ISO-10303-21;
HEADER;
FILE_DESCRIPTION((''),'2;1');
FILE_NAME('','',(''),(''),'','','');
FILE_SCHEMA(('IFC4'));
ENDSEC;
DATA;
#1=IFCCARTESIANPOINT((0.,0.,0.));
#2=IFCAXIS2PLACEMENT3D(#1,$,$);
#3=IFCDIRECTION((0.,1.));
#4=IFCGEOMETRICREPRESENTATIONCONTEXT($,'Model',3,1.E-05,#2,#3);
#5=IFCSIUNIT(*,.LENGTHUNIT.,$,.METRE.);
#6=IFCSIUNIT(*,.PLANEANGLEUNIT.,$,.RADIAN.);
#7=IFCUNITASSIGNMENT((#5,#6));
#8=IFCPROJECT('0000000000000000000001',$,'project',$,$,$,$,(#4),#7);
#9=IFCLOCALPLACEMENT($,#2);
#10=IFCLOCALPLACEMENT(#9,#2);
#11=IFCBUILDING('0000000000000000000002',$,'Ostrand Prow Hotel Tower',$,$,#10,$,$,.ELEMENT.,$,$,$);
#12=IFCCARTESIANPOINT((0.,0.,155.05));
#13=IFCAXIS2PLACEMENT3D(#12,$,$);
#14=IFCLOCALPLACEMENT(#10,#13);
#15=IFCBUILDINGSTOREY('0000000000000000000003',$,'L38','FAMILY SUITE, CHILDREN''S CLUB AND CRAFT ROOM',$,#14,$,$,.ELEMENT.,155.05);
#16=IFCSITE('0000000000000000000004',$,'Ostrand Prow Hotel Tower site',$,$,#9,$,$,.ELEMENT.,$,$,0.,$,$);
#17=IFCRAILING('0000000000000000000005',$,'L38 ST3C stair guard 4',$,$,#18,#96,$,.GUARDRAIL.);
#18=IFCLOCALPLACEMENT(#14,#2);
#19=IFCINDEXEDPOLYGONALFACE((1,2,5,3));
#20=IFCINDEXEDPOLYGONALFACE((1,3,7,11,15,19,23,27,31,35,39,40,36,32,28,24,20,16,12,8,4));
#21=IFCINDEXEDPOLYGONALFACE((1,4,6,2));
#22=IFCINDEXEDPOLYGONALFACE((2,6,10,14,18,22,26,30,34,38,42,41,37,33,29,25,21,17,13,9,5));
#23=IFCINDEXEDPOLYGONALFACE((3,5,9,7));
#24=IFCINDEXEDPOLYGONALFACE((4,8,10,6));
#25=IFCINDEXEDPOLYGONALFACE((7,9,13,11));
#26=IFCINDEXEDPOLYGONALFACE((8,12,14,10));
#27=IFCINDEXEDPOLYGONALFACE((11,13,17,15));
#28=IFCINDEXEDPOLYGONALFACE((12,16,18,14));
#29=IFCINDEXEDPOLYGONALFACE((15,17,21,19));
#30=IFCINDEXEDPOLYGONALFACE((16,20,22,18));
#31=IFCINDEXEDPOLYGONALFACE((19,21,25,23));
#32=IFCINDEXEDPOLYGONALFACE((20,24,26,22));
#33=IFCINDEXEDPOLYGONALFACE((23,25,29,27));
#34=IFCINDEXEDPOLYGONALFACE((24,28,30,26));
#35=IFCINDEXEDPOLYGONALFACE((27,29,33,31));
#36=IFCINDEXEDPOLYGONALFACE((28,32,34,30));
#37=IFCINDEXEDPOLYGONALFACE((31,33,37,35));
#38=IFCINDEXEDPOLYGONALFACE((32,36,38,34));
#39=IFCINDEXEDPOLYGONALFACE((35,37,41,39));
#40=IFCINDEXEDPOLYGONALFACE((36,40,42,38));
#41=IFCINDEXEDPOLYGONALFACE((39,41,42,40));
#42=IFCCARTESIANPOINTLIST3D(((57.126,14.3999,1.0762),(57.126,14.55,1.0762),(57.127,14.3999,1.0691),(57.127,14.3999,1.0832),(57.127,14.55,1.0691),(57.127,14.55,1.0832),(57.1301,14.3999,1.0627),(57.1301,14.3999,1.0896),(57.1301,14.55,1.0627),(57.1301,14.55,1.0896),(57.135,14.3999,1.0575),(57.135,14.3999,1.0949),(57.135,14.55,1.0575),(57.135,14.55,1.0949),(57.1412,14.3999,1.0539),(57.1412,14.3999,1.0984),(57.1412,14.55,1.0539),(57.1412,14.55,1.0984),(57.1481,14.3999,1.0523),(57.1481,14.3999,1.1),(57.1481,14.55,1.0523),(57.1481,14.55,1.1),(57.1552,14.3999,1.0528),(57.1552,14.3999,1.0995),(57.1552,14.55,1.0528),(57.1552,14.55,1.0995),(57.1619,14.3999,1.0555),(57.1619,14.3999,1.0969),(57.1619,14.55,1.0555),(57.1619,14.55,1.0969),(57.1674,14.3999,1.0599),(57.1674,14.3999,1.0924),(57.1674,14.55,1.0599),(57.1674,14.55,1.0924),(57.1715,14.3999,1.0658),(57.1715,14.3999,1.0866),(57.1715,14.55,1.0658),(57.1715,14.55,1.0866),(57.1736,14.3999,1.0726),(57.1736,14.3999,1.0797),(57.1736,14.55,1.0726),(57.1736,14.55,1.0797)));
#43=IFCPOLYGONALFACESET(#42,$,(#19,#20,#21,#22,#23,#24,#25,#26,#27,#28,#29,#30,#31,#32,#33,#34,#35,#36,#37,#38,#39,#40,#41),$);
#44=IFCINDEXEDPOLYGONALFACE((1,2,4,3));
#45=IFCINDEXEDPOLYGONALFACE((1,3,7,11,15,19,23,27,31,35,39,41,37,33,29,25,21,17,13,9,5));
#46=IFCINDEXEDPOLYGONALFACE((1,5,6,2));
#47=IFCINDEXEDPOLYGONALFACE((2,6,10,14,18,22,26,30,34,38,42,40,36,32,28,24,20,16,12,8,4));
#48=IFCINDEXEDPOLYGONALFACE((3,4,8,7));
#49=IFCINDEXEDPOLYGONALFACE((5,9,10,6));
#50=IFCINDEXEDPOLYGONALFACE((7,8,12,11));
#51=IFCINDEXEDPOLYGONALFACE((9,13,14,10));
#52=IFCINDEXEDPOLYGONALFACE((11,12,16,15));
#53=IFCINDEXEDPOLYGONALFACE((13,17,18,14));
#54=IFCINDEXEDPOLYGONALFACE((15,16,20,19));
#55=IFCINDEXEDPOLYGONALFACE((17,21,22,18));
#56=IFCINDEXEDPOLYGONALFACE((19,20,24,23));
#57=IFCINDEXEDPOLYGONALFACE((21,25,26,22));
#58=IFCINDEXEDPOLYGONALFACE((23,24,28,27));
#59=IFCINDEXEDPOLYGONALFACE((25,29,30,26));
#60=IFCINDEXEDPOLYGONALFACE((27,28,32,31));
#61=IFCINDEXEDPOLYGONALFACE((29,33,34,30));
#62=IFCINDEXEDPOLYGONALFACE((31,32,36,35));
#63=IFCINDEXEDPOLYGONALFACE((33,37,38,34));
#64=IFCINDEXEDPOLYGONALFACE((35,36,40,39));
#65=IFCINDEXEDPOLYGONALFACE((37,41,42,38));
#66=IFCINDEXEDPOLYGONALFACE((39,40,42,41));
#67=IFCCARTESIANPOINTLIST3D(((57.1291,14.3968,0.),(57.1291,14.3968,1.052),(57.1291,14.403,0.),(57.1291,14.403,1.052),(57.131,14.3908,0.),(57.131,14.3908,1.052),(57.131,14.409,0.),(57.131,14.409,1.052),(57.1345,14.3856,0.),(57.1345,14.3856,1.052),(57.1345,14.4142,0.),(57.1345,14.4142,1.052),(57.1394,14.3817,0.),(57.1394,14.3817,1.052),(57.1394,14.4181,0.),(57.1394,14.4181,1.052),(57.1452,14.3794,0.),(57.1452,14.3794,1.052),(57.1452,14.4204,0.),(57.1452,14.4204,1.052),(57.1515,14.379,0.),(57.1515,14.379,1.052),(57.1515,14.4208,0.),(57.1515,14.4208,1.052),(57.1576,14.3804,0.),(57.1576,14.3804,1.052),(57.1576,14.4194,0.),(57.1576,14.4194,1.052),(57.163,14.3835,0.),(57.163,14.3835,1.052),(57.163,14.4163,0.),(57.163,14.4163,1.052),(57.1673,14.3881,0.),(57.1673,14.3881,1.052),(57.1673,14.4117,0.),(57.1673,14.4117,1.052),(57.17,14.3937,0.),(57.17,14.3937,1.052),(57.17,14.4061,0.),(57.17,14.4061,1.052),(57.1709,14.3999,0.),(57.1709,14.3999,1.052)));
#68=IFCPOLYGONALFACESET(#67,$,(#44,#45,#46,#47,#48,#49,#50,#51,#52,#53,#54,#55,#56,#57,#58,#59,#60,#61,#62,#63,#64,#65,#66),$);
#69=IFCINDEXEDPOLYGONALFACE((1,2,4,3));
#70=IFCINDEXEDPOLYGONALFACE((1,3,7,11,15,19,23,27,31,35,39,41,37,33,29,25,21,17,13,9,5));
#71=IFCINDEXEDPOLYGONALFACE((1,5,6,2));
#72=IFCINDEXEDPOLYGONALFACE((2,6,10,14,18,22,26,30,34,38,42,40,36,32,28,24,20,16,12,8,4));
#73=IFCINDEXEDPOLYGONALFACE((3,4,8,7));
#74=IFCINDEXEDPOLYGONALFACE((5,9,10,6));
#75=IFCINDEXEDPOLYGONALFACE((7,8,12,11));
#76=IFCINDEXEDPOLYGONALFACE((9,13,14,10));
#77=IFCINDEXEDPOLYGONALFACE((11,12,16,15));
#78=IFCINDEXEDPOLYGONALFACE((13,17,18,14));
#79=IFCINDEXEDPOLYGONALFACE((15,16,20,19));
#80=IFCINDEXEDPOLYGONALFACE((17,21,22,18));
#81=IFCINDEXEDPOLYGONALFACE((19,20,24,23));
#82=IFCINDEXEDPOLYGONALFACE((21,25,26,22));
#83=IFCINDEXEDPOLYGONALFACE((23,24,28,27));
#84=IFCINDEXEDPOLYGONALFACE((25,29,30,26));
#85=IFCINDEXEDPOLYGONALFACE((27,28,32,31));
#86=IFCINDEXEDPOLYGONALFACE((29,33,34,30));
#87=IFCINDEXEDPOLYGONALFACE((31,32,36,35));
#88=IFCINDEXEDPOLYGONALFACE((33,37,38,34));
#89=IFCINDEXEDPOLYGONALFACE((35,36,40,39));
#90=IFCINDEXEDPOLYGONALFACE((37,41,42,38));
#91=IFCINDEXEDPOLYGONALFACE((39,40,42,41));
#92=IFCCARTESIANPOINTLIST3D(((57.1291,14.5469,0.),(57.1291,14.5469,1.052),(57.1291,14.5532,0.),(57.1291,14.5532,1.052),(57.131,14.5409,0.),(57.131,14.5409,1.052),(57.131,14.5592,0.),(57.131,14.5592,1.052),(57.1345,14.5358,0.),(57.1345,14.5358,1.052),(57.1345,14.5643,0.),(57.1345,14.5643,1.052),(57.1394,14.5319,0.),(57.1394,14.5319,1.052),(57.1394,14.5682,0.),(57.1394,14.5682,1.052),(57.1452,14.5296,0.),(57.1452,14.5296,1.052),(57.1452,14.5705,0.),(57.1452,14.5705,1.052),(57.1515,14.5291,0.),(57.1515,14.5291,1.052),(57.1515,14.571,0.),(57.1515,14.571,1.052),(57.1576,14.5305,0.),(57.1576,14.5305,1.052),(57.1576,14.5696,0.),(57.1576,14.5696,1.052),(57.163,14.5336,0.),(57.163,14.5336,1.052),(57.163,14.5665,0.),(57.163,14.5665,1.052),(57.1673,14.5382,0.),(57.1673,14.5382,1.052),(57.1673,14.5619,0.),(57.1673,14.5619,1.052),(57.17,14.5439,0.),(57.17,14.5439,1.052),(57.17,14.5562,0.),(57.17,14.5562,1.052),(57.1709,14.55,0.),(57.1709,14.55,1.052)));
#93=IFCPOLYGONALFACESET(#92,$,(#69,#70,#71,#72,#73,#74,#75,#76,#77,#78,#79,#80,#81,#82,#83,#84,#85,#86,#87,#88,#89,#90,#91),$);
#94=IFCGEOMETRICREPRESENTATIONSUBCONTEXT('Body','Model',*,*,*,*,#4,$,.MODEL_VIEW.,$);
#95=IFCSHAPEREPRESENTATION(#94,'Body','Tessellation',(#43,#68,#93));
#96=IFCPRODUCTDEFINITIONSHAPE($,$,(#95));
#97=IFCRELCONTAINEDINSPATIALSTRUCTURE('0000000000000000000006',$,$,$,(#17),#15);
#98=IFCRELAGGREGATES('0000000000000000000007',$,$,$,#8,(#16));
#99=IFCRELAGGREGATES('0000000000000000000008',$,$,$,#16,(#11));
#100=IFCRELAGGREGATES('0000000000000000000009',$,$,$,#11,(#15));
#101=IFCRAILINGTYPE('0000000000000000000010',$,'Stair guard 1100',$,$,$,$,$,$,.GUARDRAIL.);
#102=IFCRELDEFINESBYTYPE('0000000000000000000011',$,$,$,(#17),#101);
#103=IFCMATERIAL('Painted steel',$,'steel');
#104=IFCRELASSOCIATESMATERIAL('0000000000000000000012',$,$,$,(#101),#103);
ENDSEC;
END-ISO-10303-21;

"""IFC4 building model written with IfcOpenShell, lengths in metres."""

from ifc_helpers import new_model, si_unit, direction, frame, origin, origin_2d, place, context, subcontext, project, spatial, circle, extrude, material, type_object, element, save


model = new_model("IFC4")

# Units and contexts
model_context = context("Model", 3, precision=1e-05, world=origin(), true_north=direction((0.0, 1.0)))
body_context = subcontext(model_context, "Body", "Model", "MODEL_VIEW")
ifc_project = project(units=[si_unit("LENGTHUNIT", "METRE"), si_unit("PLANEANGLEUNIT", "RADIAN")], contexts=[model_context])

# Site, building, storey
site_placement = place(None, origin())
site = spatial("IfcSite", under=ifc_project, at=site_placement, Name="Ostrand Prow Hotel Tower site", CompositionType="ELEMENT", RefElevation=0.0)
building_placement = place(site_placement, origin())
building = spatial("IfcBuilding", under=site, at=building_placement, Name="Ostrand Prow Hotel Tower", CompositionType="ELEMENT")
storey_placement = place(building_placement, frame((0.0, 0.0, 155.05)))
storey = spatial("IfcBuildingStorey", under=building, at=storey_placement, Name="L38", Description="FAMILY SUITE, CHILDREN'S CLUB AND CRAFT ROOM", CompositionType="ELEMENT", Elevation=155.05)

# Railing
ifc_material_1 = material(Name="Painted steel", Category="steel")
railing_type_1 = type_object("IfcRailingType", Name="Stair guard 1100", PredefinedType="GUARDRAIL", material=ifc_material_1)
railing_1_placement = place(storey_placement, frame((57.1499, 14.3999, 0.0)))
element("IfcRailing", 1, at=railing_1_placement, inside=storey, type_object=railing_type_1, Name="L38 ST3C stair guard 4", PredefinedType="GUARDRAIL", context=body_context, shape_type="SweptSolid", body=[
    extrude(circle(Radius=0.0239, at=origin_2d()), frame((0.0, 0.0, 1.0762), z_axis=(0.0, 1.0, 0.0), x_axis=(-1.0, 0.0, 0.0)), (0.0, 0.0, 1.0), 0.1501),
    extrude(circle(Radius=0.021, at=origin_2d()), origin(), (0.0, 0.0, 1.0), 1.052),
    extrude(circle(Radius=0.021, at=origin_2d()), frame((0.0, 0.1501, 0.0)), (0.0, 0.0, 1.0), 1.052),
])

save(model, "model.ifc")
